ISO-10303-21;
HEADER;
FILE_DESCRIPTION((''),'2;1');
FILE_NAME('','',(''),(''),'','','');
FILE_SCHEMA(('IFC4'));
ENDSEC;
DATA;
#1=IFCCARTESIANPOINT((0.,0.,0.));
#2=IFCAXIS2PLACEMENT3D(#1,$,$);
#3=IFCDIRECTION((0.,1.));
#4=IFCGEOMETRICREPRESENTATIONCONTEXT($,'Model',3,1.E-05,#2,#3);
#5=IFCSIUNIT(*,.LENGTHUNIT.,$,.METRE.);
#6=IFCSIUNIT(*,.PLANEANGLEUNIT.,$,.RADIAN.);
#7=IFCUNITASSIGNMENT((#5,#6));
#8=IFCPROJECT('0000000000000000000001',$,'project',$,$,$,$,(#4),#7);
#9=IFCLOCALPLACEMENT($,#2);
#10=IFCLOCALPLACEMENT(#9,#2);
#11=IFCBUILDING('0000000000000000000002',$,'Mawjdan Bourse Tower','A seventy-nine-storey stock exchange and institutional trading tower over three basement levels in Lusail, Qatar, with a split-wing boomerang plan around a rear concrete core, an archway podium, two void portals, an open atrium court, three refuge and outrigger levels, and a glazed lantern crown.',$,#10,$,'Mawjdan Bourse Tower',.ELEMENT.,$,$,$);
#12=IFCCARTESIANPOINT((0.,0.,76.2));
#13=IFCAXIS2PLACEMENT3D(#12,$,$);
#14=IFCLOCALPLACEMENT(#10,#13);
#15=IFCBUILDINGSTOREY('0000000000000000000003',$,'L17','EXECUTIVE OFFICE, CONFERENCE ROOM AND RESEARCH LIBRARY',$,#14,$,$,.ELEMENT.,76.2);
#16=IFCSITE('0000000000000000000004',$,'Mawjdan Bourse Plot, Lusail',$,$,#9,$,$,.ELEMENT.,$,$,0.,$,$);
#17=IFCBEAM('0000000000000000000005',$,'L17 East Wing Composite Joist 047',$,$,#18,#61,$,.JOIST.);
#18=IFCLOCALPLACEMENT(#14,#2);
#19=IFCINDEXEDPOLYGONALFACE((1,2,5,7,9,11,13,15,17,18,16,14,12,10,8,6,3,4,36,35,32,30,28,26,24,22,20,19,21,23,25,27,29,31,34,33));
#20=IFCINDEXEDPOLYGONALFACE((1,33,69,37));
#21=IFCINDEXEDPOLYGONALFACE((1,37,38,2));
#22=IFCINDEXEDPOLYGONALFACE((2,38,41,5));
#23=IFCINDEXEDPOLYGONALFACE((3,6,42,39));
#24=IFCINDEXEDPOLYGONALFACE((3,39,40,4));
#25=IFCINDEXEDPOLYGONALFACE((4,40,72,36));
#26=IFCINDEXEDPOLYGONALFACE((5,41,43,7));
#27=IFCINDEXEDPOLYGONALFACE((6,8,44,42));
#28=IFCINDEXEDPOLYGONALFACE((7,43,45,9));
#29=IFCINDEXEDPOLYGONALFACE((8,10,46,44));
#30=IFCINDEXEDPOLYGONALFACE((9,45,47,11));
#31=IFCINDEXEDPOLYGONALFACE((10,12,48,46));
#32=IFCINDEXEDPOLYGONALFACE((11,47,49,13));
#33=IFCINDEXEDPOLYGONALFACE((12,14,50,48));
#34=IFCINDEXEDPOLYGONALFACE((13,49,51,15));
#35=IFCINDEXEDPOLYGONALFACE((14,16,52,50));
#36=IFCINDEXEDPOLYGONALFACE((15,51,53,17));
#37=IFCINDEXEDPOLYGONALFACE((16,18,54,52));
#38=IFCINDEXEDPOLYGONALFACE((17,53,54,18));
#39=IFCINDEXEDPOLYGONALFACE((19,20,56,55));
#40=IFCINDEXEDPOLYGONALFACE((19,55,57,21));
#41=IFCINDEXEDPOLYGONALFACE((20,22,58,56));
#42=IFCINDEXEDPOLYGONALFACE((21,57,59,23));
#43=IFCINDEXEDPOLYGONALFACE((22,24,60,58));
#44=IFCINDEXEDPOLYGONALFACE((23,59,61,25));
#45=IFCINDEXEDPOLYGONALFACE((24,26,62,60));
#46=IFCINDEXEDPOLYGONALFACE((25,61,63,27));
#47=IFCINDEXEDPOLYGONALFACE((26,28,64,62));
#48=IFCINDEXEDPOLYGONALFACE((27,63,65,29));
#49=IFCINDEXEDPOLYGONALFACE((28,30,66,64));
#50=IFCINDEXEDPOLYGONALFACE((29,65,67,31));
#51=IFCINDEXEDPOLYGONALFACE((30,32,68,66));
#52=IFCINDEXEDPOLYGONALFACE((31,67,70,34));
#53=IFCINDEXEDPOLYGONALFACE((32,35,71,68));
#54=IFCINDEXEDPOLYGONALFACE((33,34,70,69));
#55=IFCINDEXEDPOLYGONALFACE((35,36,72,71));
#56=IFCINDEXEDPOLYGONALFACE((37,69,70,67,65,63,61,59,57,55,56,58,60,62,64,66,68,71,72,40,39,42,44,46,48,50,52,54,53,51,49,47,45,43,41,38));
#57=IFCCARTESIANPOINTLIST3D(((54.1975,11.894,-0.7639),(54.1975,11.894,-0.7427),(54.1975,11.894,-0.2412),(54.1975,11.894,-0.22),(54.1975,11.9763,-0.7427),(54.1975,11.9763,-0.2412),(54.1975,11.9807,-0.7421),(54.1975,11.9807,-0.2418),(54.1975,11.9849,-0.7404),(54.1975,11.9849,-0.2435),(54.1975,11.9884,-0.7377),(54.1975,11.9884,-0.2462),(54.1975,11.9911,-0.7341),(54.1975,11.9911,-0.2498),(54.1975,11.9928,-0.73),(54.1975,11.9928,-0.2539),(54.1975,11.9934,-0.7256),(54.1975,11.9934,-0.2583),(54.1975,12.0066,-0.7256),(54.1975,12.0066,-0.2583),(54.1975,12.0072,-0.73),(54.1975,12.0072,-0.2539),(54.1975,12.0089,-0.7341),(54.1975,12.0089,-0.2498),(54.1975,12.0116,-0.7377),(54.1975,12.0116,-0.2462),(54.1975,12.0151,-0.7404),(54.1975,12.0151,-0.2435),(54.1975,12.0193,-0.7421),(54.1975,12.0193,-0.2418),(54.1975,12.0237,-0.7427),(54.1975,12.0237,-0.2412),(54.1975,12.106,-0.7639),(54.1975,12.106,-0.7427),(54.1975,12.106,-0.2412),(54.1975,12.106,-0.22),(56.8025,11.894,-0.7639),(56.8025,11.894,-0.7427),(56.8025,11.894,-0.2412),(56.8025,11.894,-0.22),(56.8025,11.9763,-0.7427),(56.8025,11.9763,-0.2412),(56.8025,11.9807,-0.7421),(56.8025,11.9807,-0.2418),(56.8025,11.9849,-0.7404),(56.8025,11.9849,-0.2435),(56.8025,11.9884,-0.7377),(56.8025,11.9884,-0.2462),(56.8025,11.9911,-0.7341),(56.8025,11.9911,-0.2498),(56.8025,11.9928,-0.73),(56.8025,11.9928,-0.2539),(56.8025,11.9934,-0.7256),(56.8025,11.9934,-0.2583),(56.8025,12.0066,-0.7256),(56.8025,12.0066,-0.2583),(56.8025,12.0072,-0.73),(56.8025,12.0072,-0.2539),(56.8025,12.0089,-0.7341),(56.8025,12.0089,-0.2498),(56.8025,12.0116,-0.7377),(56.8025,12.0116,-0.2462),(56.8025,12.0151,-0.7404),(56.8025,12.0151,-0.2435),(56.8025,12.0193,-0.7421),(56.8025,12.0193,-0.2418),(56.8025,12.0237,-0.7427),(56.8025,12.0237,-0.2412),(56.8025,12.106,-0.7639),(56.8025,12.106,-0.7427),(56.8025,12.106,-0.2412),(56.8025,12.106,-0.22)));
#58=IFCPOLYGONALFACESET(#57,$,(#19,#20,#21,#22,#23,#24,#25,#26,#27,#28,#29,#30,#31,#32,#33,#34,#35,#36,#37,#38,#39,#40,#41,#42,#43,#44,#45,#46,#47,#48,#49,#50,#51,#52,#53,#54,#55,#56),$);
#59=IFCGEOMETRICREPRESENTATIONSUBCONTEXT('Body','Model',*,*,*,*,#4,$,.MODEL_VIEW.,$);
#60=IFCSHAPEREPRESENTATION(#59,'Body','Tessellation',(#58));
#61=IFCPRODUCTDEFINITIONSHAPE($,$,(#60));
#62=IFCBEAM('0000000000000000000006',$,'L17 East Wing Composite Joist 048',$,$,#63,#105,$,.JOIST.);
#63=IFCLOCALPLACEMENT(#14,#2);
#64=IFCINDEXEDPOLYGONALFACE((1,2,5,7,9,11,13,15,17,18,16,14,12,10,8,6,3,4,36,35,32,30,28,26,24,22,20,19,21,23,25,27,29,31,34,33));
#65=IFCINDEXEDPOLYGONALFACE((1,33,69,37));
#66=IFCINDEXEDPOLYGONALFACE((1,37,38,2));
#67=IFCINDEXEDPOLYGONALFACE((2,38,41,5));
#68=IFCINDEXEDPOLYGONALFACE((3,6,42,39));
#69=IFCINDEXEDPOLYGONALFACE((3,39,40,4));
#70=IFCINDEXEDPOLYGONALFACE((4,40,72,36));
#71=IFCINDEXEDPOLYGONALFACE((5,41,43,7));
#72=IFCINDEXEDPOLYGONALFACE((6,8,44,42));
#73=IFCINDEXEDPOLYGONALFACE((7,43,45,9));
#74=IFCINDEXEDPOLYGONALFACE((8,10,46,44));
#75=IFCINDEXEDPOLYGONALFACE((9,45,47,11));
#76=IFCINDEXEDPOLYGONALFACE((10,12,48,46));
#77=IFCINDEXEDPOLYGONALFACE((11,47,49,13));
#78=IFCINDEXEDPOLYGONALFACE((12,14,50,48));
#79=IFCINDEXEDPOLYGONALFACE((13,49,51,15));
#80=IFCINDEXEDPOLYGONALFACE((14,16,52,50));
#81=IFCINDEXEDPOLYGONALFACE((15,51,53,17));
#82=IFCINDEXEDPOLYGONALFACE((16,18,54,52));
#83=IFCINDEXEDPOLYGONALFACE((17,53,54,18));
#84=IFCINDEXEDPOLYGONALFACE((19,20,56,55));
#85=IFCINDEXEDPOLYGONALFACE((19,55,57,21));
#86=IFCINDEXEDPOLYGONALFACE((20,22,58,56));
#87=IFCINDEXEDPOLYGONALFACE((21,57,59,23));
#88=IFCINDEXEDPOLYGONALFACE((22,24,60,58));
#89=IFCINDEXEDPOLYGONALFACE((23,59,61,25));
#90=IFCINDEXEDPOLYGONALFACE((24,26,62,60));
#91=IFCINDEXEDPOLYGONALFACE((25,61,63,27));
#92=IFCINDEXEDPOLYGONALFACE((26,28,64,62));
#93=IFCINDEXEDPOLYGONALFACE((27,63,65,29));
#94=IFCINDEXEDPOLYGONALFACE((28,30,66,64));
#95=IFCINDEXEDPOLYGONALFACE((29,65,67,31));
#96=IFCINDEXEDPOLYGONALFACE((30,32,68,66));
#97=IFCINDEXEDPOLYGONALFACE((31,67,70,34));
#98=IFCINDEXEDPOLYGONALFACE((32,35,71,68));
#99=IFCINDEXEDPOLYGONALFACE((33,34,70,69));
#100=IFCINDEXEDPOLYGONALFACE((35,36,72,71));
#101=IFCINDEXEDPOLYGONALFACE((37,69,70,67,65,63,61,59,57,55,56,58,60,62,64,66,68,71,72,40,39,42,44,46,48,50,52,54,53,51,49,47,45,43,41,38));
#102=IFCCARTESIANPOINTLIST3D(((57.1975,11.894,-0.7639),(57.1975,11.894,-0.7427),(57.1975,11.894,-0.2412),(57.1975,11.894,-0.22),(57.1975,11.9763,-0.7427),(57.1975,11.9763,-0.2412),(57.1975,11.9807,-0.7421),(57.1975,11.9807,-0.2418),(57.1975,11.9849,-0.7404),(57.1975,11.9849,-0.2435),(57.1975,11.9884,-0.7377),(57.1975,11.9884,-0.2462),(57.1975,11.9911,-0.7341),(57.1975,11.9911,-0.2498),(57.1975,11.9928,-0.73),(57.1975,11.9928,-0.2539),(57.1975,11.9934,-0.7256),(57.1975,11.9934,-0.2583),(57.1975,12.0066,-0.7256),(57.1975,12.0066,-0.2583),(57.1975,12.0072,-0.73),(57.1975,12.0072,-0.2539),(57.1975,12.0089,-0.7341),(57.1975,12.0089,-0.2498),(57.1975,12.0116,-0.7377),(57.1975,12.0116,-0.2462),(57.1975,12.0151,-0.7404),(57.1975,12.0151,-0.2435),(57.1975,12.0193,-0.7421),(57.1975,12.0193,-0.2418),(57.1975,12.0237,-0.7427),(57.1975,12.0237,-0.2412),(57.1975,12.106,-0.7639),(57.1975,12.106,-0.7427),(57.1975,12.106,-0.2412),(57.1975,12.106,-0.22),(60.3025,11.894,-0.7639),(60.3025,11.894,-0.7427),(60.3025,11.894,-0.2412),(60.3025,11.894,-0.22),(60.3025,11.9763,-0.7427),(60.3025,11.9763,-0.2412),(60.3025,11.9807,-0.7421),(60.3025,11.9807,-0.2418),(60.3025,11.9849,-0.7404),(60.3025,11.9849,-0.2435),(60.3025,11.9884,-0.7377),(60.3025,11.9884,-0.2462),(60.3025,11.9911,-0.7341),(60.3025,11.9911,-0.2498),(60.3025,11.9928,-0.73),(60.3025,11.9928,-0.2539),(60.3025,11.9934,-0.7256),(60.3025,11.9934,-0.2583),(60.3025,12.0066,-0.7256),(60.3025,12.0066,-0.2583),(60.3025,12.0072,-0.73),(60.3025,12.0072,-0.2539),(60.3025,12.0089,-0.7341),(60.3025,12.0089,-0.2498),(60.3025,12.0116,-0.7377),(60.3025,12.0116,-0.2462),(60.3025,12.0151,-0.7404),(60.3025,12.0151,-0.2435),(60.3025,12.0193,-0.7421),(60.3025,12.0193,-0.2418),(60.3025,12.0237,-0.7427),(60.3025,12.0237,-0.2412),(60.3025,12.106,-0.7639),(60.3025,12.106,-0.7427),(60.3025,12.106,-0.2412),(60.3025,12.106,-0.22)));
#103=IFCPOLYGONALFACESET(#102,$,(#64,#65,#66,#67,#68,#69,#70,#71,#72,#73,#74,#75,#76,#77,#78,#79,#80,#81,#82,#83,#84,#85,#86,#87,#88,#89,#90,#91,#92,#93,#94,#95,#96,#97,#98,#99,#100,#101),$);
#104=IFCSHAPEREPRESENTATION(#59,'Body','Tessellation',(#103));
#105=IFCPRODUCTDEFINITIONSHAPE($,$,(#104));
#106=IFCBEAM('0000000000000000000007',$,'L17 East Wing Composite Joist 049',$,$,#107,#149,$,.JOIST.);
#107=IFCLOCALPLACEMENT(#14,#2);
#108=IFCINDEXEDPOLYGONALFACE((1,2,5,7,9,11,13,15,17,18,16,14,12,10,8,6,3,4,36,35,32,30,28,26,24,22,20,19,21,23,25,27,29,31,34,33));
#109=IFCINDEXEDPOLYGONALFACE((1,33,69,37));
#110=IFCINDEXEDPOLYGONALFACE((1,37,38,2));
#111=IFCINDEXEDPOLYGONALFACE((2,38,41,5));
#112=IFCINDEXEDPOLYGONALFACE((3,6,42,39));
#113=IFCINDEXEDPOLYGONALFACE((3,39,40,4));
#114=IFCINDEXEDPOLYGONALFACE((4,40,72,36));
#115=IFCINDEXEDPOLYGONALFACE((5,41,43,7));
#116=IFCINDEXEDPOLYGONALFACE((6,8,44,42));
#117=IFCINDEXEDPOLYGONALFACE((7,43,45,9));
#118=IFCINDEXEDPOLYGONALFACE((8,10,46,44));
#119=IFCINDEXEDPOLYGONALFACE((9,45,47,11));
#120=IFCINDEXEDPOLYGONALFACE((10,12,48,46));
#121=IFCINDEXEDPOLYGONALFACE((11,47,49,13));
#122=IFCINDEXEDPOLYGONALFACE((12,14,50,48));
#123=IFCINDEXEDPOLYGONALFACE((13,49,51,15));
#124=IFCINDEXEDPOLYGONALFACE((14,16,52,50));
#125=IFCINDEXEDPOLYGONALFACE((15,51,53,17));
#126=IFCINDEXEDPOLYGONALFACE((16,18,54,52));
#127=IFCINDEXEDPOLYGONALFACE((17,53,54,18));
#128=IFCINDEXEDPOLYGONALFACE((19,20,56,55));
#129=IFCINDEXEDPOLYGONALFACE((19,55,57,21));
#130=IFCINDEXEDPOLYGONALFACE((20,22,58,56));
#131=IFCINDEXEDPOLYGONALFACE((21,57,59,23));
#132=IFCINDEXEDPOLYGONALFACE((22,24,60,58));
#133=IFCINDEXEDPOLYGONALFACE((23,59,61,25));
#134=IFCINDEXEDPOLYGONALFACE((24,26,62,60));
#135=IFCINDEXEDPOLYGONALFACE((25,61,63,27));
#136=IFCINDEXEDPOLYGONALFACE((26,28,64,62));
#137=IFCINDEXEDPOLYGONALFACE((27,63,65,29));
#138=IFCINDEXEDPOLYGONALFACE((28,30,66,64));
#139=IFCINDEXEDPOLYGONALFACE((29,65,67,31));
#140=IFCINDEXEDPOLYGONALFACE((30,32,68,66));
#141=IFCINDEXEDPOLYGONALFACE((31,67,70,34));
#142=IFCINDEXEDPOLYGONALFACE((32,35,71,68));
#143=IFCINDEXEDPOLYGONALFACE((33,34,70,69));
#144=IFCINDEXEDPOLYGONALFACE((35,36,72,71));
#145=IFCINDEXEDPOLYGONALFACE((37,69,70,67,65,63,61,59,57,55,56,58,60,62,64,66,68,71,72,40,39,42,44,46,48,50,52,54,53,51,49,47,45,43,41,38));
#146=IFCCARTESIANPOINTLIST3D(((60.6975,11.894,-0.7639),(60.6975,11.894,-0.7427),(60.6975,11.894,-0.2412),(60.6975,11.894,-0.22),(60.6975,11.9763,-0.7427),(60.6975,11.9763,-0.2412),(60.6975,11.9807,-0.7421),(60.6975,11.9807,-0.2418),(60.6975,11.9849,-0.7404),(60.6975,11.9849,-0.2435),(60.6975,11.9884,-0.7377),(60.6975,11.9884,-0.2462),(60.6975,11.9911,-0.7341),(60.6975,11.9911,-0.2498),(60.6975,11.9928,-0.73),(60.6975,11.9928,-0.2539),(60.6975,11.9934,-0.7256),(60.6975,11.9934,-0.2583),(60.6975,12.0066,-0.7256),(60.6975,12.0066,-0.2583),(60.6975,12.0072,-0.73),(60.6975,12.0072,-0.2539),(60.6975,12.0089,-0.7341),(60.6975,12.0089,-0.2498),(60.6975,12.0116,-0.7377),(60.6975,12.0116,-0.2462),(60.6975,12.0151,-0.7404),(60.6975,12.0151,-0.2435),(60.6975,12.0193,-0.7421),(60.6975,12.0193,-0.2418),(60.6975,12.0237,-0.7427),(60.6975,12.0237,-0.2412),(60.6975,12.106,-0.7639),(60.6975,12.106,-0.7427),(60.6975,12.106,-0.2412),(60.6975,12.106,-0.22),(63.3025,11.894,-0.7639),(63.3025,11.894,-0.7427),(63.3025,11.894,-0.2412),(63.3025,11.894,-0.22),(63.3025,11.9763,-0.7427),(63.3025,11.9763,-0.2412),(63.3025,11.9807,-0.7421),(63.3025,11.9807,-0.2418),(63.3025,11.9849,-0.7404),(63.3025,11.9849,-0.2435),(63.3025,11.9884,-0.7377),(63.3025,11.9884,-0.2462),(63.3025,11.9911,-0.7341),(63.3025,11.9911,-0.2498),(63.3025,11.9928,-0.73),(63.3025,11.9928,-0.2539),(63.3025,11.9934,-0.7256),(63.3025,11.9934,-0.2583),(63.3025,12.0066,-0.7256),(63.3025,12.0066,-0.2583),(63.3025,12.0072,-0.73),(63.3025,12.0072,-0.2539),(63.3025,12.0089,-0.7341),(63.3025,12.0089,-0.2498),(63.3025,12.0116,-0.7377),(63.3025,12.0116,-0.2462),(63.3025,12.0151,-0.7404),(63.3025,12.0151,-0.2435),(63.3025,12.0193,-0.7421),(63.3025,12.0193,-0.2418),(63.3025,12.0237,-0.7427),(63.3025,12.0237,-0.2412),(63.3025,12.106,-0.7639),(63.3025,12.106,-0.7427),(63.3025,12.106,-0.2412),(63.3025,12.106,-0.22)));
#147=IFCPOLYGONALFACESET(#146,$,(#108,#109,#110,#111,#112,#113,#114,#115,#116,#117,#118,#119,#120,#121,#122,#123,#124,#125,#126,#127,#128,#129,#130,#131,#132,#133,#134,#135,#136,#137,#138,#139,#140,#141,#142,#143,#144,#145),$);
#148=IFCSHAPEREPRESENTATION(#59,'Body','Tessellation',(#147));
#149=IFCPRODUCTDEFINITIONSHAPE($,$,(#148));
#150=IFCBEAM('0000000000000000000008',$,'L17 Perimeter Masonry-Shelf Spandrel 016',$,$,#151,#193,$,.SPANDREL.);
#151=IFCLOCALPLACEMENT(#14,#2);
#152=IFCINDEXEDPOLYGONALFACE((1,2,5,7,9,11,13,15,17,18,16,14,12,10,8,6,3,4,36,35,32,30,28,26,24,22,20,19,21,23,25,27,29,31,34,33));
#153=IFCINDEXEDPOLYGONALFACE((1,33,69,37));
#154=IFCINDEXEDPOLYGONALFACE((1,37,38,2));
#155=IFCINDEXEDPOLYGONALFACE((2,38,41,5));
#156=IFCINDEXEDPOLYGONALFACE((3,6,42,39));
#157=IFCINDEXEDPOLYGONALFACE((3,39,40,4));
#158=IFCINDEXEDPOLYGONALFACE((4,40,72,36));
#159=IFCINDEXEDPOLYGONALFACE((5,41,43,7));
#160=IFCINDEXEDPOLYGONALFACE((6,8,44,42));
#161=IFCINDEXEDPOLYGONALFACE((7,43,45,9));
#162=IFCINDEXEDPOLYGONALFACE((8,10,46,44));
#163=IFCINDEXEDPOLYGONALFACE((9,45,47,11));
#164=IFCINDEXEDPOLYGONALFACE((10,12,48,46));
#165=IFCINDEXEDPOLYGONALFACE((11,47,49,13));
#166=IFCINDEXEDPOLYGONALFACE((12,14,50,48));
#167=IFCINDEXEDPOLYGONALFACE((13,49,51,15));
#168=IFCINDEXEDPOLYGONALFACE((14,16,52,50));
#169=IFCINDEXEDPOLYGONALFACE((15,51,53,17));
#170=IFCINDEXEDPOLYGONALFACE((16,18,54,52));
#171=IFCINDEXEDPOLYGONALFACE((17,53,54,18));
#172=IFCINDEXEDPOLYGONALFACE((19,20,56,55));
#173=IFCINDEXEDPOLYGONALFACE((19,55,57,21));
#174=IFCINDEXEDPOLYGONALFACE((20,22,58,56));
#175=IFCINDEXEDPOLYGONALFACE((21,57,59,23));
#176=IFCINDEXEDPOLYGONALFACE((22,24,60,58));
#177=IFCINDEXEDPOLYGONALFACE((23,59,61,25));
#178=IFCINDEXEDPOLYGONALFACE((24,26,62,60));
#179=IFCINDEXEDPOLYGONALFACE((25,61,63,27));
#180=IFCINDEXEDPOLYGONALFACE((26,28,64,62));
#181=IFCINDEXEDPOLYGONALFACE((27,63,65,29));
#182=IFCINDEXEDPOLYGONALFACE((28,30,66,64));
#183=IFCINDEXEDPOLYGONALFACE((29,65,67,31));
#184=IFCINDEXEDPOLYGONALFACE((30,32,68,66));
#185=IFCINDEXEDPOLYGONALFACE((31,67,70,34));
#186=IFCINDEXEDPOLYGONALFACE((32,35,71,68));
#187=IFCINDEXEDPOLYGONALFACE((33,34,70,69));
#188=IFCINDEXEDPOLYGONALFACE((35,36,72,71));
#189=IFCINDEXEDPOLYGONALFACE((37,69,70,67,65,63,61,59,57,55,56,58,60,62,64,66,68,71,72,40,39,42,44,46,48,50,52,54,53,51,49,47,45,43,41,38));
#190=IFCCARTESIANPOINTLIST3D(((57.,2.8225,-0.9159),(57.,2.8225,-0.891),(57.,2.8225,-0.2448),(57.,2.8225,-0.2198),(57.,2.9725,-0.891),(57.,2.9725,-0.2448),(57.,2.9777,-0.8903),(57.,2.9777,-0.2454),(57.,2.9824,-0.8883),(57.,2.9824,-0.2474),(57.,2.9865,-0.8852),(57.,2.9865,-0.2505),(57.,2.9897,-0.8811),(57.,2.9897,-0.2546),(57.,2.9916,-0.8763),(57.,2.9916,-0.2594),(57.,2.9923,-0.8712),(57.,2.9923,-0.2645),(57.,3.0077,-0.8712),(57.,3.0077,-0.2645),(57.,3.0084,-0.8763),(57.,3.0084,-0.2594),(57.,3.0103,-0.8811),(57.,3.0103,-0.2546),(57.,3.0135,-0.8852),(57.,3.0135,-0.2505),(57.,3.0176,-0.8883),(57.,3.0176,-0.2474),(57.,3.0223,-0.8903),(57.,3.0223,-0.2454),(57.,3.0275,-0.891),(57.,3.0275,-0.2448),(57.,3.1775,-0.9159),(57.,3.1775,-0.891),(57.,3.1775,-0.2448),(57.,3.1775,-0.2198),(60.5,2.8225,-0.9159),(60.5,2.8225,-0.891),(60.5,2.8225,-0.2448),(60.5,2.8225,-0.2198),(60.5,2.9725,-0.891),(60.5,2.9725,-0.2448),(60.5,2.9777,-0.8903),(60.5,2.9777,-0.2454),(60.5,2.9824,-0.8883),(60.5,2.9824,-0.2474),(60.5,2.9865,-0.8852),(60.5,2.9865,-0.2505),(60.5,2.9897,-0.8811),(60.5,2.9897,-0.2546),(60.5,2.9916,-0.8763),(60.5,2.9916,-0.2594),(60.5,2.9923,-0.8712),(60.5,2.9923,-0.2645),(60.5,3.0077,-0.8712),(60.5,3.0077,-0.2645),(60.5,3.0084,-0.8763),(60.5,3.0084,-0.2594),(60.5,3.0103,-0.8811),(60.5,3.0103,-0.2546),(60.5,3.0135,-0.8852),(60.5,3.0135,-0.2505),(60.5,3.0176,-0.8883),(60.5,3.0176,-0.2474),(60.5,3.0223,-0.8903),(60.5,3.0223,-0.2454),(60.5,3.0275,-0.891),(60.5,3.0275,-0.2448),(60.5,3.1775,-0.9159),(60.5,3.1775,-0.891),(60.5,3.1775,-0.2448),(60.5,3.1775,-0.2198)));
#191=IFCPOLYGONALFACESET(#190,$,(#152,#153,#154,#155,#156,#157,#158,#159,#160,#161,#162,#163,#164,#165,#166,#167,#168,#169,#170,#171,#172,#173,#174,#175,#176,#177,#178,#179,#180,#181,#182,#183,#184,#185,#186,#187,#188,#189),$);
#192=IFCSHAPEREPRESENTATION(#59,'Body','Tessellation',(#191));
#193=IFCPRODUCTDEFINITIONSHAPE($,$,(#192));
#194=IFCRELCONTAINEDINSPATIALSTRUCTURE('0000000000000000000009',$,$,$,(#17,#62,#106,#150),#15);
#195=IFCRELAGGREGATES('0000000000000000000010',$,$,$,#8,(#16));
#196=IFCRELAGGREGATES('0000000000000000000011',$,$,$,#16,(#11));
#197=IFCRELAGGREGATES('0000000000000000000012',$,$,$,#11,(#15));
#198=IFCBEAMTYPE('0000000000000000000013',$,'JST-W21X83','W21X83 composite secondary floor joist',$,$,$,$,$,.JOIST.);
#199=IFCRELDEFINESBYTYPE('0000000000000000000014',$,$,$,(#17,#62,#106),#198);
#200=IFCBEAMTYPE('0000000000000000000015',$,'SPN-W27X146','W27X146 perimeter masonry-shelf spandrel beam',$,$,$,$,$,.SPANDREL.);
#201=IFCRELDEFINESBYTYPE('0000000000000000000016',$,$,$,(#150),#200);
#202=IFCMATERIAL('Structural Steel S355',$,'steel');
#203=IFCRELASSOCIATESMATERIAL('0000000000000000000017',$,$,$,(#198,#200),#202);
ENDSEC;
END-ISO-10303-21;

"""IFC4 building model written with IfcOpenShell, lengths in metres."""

from ifc_helpers import new_model, si_unit, direction, frame, origin, origin_2d, place, context, subcontext, project, spatial, i_section, extrude, material, material_profile, profile_set, type_object, element, save


model = new_model("IFC4")

# Units and contexts
model_context = context("Model", 3, precision=1e-05, world=origin(), true_north=direction((0.0, 1.0)))
body_context = subcontext(model_context, "Body", "Model", "MODEL_VIEW")
ifc_project = project(units=[si_unit("LENGTHUNIT", "METRE"), si_unit("PLANEANGLEUNIT", "RADIAN")], contexts=[model_context])

# Site, building, storey
site_placement = place(None, origin())
site = spatial("IfcSite", under=ifc_project, at=site_placement, Name="Mawjdan Bourse Plot, Lusail", CompositionType="ELEMENT", RefElevation=0.0)
building_placement = place(site_placement, origin())
building = spatial("IfcBuilding", under=site, at=building_placement, Name="Mawjdan Bourse Tower", Description="A seventy-nine-storey stock exchange and institutional trading tower over three basement levels in Lusail, Qatar, with a split-wing boomerang plan around a rear concrete core, an archway podium, two void portals, an open atrium court, three refuge and outrigger levels, and a glazed lantern crown.", LongName="Mawjdan Bourse Tower", CompositionType="ELEMENT")
storey_placement = place(building_placement, frame((0.0, 0.0, 76.2)))
storey = spatial("IfcBuildingStorey", under=building, at=storey_placement, Name="L17", Description="EXECUTIVE OFFICE, CONFERENCE ROOM AND RESEARCH LIBRARY", CompositionType="ELEMENT", Elevation=76.2)

# Beams
ifc_material_1 = material(Name="Structural Steel S355", Category="steel")
ifc_material_profile_1 = material_profile(ifc_material_1, i_section(OverallWidth=0.2119, OverallDepth=0.5439, WebThickness=0.0132, FlangeThickness=0.0212, FilletRadius=0.0171, at=origin_2d()), Name="W21X83")
ifc_profile_set_1 = profile_set([ifc_material_profile_1], Name="Structural Steel S355")
beam_type_1 = type_object("IfcBeamType", Name="JST-W21X83", Description="W21X83 composite secondary floor joist", PredefinedType="JOIST", material=ifc_profile_set_1)
for number, where, z_axis, x_axis, name in (
    (1, (54.1975, 12.0, -0.4919), (1.0, 0.0, 0.0), (0.0, 1.0, 0.0), "L17 East Wing Composite Joist 047"),
):
    element("IfcBeam", number, at=place(storey_placement, frame(where, z_axis=z_axis, x_axis=x_axis)), inside=storey, type_object=beam_type_1, Name=name, PredefinedType="JOIST", context=body_context, shape_type="SweptSolid", body=[
        extrude(i_section(OverallWidth=0.2119, OverallDepth=0.5439, WebThickness=0.0132, FlangeThickness=0.0212, FilletRadius=0.0171, at=origin_2d()), origin(), (0.0, 0.0, 1.0), 2.605),
    ])
beam_1_placement = place(storey_placement, frame((57.1975, 12.0, -0.4919), z_axis=(1.0, 0.0, 0.0), x_axis=(0.0, 1.0, 0.0)))
element("IfcBeam", 2, at=beam_1_placement, inside=storey, type_object=beam_type_1, Name="L17 East Wing Composite Joist 048", PredefinedType="JOIST", context=body_context, shape_type="SweptSolid", body=[
    extrude(i_section(OverallWidth=0.2119, OverallDepth=0.5439, WebThickness=0.0132, FlangeThickness=0.0212, FilletRadius=0.0171, at=origin_2d()), origin(), (0.0, 0.0, 1.0), 3.105),
])
beam_2_placement = place(storey_placement, frame((60.6975, 12.0, -0.4919), z_axis=(1.0, 0.0, 0.0), x_axis=(0.0, 1.0, 0.0)))
element("IfcBeam", 3, at=beam_2_placement, inside=storey, type_object=beam_type_1, Name="L17 East Wing Composite Joist 049", PredefinedType="JOIST", context=body_context, shape_type="SweptSolid", body=[
    extrude(i_section(OverallWidth=0.2119, OverallDepth=0.5439, WebThickness=0.0132, FlangeThickness=0.0212, FilletRadius=0.0171, at=origin_2d()), origin(), (0.0, 0.0, 1.0), 2.605),
])
ifc_material_profile_2 = material_profile(ifc_material_1, i_section(OverallWidth=0.355, OverallDepth=0.696, WebThickness=0.0154, FlangeThickness=0.0249, FilletRadius=0.0198, at=origin_2d()), Name="W27X146")
ifc_profile_set_2 = profile_set([ifc_material_profile_2], Name="Structural Steel S355")
beam_type_2 = type_object("IfcBeamType", Name="SPN-W27X146", Description="W27X146 perimeter masonry-shelf spandrel beam", PredefinedType="SPANDREL", material=ifc_profile_set_2)
beam_3_placement = place(storey_placement, frame((57.0, 3.0, -0.5679), z_axis=(1.0, 0.0, 0.0), x_axis=(0.0, 1.0, 0.0)))
element("IfcBeam", 4, at=beam_3_placement, inside=storey, type_object=beam_type_2, Name="L17 Perimeter Masonry-Shelf Spandrel 016", PredefinedType="SPANDREL", context=body_context, shape_type="SweptSolid", body=[
    extrude(i_section(OverallWidth=0.355, OverallDepth=0.696, WebThickness=0.0154, FlangeThickness=0.0249, FilletRadius=0.0198, at=origin_2d()), origin(), (0.0, 0.0, 1.0), 3.5),
])

save(model, "model.ifc")
